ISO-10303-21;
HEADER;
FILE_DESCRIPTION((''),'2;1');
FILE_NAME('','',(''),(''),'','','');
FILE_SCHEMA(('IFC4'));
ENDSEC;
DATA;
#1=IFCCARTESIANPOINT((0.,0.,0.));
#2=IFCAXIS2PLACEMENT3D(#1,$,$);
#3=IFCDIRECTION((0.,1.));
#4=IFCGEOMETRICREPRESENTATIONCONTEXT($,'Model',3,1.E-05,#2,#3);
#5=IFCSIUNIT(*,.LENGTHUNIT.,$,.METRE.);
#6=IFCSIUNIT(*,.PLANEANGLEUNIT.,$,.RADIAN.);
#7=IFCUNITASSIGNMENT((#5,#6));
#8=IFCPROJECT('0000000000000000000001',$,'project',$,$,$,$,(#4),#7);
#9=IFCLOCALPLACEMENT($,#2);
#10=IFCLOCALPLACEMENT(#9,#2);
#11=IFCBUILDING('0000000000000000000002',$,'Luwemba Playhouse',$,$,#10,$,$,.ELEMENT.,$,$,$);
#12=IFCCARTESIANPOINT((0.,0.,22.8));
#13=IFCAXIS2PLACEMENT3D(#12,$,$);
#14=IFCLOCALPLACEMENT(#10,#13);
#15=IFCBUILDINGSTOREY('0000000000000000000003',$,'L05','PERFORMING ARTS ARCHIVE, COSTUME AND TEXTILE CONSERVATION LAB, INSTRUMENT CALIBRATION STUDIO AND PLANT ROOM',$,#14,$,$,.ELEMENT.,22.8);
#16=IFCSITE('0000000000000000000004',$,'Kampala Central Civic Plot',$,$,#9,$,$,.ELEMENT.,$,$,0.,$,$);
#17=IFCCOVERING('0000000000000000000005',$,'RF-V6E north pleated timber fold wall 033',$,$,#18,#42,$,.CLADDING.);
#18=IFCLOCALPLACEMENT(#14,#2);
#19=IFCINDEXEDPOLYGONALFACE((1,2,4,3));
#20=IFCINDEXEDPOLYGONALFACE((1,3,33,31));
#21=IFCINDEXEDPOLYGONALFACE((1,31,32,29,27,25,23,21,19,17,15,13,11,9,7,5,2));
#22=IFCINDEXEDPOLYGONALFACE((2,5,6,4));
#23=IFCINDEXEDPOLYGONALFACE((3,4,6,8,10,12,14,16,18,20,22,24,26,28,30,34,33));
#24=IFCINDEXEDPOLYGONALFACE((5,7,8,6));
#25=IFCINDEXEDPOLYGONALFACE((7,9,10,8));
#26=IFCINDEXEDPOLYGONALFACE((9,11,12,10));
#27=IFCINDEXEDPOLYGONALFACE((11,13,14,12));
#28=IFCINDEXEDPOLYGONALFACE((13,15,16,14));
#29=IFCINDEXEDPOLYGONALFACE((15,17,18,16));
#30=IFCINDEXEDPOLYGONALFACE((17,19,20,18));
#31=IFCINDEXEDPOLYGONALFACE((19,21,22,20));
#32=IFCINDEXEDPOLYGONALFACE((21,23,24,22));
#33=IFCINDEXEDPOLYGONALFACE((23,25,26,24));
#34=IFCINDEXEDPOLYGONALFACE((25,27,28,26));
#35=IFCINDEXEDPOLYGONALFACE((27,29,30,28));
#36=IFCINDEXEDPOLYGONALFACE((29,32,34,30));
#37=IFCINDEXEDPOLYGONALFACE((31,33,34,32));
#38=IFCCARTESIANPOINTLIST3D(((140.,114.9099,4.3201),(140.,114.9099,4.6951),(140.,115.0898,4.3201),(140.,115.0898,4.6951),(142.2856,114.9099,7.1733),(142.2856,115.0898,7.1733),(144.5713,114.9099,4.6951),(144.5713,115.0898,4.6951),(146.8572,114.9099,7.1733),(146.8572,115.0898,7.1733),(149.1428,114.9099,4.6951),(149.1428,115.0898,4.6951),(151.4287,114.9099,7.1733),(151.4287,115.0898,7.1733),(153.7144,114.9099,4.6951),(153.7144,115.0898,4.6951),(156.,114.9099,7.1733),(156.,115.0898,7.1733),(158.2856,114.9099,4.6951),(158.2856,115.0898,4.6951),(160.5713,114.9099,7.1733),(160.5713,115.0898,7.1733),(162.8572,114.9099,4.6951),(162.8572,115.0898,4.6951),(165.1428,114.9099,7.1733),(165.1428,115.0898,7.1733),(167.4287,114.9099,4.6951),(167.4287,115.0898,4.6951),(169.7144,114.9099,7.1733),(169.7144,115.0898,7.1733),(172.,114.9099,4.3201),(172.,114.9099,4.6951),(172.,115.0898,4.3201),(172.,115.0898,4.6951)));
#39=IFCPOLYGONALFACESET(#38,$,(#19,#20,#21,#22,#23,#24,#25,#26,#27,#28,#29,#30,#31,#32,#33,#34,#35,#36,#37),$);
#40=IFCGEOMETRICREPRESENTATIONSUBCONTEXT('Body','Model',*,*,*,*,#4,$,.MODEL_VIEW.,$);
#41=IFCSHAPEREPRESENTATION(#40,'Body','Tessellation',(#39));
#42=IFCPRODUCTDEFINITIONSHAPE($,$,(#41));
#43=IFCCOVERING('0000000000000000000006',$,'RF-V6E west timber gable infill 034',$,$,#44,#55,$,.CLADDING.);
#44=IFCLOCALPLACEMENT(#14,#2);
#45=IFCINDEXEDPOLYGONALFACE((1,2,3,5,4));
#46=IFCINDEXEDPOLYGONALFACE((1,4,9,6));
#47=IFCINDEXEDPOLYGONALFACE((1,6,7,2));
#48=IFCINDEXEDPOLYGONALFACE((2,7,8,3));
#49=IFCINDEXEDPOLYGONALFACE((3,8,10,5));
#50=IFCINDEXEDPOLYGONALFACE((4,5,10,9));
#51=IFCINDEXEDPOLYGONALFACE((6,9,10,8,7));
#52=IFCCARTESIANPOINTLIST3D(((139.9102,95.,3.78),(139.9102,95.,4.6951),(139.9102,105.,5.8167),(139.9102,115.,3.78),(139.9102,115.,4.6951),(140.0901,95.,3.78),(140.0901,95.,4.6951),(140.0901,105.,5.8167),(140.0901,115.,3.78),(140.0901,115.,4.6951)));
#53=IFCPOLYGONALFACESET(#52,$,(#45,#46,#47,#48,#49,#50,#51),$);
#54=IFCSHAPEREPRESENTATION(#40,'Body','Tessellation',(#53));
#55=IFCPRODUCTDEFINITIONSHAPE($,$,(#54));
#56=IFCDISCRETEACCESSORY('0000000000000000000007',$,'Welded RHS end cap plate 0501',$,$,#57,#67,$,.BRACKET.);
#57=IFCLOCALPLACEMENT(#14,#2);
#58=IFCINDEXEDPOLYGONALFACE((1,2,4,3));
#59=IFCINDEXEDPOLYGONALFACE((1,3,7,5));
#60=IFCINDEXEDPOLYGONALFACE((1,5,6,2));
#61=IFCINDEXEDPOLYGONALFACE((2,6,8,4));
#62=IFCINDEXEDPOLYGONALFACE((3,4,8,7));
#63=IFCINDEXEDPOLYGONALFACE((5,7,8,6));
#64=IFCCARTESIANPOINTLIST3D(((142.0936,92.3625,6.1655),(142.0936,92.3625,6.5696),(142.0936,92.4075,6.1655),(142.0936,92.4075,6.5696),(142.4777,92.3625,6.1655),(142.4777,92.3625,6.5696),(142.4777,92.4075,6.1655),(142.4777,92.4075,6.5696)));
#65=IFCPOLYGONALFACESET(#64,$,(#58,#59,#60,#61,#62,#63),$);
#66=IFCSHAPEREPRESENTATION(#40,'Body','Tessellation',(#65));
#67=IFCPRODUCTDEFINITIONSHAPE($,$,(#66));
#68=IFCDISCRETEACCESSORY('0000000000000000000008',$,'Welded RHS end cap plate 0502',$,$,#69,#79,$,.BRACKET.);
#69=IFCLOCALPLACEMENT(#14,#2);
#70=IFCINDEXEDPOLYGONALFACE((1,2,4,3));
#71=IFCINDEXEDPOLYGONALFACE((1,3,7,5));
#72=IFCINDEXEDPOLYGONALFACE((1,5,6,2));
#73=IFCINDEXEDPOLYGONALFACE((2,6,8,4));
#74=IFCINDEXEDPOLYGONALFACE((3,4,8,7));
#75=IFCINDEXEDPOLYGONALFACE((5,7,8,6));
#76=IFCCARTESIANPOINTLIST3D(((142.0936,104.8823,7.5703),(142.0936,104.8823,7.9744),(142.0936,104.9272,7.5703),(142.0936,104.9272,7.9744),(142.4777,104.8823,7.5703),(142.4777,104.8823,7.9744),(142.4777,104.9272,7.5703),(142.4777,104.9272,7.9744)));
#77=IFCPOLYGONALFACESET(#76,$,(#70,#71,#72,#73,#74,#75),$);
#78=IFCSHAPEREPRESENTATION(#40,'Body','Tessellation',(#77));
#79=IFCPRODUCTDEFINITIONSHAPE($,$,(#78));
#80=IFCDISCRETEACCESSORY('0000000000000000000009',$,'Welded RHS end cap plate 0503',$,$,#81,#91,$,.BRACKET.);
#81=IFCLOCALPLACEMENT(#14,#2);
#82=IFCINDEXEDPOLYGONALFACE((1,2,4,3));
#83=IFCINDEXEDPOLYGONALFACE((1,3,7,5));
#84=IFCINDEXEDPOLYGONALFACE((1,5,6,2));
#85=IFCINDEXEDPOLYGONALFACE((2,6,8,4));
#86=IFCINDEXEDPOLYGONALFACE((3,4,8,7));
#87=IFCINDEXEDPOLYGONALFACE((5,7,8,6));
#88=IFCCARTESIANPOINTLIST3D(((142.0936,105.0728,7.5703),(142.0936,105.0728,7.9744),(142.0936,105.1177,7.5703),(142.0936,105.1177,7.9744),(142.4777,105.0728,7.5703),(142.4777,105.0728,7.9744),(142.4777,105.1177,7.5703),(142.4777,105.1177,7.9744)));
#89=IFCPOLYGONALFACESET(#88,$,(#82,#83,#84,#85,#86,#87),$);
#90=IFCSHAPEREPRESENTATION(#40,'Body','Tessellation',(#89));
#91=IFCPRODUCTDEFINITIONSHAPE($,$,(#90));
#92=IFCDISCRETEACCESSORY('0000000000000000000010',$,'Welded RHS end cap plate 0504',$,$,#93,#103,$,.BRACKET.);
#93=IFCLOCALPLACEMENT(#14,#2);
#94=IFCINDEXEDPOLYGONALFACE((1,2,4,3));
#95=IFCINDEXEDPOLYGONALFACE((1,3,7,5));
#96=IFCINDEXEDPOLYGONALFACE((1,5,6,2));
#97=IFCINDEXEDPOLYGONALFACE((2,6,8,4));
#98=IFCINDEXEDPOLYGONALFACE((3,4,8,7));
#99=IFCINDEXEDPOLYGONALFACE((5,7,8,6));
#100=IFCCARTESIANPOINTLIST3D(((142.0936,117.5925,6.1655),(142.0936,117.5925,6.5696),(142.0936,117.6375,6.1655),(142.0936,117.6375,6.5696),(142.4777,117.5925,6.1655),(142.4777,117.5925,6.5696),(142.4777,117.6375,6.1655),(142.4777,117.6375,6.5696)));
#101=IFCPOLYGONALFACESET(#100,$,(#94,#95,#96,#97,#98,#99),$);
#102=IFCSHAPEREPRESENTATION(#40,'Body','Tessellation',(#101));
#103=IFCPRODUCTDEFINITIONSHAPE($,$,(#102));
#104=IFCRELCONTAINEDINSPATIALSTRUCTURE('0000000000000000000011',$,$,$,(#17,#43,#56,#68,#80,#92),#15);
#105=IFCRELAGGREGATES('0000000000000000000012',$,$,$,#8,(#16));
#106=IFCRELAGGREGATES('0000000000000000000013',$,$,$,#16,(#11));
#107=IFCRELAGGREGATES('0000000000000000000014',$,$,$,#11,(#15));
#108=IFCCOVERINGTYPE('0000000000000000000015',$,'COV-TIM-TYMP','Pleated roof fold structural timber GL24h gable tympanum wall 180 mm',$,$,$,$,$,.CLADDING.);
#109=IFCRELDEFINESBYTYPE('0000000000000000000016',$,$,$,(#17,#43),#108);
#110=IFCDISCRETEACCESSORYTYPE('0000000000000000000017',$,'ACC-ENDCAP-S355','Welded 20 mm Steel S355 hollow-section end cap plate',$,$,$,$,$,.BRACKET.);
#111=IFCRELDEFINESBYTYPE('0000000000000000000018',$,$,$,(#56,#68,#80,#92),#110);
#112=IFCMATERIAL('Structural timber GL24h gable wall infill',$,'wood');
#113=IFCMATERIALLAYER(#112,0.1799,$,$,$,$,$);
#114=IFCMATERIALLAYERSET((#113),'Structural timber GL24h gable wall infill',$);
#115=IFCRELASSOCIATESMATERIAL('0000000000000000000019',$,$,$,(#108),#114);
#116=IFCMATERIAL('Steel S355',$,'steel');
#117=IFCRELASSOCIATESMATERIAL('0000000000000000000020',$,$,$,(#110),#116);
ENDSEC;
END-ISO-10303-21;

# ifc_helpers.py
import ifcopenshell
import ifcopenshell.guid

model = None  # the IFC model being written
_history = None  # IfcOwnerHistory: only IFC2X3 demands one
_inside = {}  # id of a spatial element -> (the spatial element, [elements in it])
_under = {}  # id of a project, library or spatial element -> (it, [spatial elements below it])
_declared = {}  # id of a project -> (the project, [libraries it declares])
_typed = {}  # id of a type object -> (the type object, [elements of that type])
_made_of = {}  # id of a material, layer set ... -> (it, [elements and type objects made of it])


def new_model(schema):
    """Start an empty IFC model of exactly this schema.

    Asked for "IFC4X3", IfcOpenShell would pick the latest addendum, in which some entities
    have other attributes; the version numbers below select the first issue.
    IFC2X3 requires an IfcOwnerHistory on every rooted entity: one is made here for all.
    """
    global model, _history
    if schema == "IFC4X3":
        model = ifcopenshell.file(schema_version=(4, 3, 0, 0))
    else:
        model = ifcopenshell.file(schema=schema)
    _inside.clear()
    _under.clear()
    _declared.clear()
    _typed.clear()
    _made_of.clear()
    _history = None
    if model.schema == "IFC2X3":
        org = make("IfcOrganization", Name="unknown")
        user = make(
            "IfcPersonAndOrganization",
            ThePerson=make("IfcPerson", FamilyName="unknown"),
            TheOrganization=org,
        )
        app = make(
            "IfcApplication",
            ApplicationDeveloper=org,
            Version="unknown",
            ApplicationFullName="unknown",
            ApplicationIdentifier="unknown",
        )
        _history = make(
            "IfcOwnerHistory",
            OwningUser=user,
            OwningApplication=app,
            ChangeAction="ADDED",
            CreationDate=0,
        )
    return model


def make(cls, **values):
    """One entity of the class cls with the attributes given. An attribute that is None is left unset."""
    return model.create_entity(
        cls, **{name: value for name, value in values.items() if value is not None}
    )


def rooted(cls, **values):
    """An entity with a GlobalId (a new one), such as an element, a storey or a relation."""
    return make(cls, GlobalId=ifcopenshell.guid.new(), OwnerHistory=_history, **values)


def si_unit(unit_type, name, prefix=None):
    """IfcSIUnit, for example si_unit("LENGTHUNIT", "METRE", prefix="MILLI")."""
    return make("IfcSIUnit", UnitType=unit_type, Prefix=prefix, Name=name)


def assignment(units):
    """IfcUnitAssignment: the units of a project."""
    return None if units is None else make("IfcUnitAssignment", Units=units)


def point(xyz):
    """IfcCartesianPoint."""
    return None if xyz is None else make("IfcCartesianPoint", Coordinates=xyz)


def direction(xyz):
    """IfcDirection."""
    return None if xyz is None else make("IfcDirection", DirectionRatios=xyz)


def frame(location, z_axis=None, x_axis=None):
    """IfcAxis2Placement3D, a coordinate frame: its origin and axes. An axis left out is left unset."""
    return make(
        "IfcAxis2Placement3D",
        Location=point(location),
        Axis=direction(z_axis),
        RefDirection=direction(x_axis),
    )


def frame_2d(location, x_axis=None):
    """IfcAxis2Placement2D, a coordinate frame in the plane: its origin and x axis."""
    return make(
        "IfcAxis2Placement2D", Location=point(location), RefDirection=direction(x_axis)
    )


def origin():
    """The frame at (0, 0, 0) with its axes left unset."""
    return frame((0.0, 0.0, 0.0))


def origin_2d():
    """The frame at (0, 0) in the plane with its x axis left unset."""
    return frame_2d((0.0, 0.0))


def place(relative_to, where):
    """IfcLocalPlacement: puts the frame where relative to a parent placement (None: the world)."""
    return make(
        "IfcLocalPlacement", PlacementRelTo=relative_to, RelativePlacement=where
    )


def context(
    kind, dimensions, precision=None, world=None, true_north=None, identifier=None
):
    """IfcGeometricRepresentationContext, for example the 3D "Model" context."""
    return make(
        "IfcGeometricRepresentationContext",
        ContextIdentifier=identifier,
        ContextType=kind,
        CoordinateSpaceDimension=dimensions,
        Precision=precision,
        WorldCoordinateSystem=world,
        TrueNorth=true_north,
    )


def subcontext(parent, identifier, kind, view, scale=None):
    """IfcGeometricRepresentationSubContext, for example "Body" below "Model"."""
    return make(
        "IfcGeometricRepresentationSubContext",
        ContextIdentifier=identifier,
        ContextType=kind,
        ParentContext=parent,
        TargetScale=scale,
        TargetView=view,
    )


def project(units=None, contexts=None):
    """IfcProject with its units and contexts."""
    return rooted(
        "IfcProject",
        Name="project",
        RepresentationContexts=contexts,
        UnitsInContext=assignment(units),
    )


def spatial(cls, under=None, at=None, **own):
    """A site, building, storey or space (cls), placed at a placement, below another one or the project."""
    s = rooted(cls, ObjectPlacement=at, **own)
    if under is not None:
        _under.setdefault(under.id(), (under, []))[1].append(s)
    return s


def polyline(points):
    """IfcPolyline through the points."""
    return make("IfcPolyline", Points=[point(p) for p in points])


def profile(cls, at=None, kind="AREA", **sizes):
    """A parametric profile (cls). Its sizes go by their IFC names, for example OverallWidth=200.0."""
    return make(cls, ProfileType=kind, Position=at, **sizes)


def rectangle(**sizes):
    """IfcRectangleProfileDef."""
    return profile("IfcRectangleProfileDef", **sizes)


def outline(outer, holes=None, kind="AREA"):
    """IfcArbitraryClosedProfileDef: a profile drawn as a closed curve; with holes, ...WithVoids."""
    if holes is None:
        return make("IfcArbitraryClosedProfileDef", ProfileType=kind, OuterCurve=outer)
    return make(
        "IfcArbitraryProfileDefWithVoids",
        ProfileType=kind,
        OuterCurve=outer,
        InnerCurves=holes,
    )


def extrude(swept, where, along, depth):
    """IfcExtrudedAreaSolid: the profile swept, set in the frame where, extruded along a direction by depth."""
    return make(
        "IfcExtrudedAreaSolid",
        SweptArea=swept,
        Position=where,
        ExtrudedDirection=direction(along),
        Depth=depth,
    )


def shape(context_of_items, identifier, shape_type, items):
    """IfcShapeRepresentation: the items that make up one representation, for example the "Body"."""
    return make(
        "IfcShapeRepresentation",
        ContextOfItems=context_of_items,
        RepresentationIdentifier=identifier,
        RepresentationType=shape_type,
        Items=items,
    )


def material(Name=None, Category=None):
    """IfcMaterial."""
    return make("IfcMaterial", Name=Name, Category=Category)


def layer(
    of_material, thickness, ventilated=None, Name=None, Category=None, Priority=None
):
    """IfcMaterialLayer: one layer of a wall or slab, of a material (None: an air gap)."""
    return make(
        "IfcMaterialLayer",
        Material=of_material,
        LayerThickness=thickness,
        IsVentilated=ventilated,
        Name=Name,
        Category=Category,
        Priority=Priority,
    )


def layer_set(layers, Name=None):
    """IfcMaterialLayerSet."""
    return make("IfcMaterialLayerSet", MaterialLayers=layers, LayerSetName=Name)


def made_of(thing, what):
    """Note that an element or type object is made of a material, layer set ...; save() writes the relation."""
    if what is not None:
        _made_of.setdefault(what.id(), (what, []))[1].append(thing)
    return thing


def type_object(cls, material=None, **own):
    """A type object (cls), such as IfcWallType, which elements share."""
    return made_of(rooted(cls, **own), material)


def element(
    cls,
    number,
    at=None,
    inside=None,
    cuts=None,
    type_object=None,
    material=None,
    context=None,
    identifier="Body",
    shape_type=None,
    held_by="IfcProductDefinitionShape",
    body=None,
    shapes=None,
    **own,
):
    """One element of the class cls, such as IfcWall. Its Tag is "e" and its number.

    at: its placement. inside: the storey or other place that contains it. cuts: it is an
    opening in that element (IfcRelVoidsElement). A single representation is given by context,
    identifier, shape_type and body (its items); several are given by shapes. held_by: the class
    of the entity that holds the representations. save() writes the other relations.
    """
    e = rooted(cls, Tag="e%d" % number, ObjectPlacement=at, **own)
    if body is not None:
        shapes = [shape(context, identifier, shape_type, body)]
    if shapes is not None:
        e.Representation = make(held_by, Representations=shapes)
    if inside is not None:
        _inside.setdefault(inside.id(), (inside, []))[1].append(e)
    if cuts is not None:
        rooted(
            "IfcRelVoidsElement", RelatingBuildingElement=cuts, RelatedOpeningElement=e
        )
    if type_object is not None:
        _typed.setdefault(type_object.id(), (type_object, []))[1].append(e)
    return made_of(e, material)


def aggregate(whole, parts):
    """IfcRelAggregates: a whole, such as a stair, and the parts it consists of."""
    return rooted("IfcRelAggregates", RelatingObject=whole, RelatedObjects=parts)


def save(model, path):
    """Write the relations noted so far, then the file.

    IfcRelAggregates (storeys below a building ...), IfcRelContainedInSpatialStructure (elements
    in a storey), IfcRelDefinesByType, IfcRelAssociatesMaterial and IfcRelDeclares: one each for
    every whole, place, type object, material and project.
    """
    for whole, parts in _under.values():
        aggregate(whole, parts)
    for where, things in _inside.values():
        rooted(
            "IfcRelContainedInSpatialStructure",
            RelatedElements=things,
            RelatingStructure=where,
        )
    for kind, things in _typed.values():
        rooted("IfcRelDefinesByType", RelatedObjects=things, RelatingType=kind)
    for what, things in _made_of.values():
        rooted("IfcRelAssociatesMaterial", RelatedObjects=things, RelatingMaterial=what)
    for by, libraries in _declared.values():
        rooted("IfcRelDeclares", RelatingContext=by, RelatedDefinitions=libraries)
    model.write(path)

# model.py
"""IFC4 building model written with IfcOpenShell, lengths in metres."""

from ifc_helpers import new_model, si_unit, direction, frame, origin, origin_2d, place, context, subcontext, project, spatial, polyline, rectangle, outline, extrude, material, layer, layer_set, type_object, element, save


model = new_model("IFC4")

# Units and contexts
model_context = context("Model", 3, precision=1e-05, world=origin(), true_north=direction((0.0, 1.0)))
body_context = subcontext(model_context, "Body", "Model", "MODEL_VIEW")
ifc_project = project(units=[si_unit("LENGTHUNIT", "METRE"), si_unit("PLANEANGLEUNIT", "RADIAN")], contexts=[model_context])

# Site, building, storey
site_placement = place(None, origin())
site = spatial("IfcSite", under=ifc_project, at=site_placement, Name="Kampala Central Civic Plot", CompositionType="ELEMENT", RefElevation=0.0)
building_placement = place(site_placement, origin())
building = spatial("IfcBuilding", under=site, at=building_placement, Name="Luwemba Playhouse", CompositionType="ELEMENT")
storey_placement = place(building_placement, frame((0.0, 0.0, 22.8)))
storey = spatial("IfcBuildingStorey", under=building, at=storey_placement, Name="L05", Description="PERFORMING ARTS ARCHIVE, COSTUME AND TEXTILE CONSERVATION LAB, INSTRUMENT CALIBRATION STUDIO AND PLANT ROOM", CompositionType="ELEMENT", Elevation=22.8)

# Shared definitions
ifc_material_1 = material(Name="Steel S355", Category="steel")

# Coverings
ifc_material_2 = material(Name="Structural timber GL24h gable wall infill", Category="wood")
ifc_layer_1 = layer(ifc_material_2, 0.1799)
ifc_layer_set_1 = layer_set([ifc_layer_1], Name="Structural timber GL24h gable wall infill")
covering_type_1 = type_object("IfcCoveringType", Name="COV-TIM-TYMP", Description="Pleated roof fold structural timber GL24h gable tympanum wall 180 mm", PredefinedType="CLADDING", material=ifc_layer_set_1)
covering_1_placement = place(storey_placement, frame((140.0, 115.0, 4.3201), z_axis=(0.0, 0.0, 1.0), x_axis=(1.0, 0.0, 0.0)))
element("IfcCovering", 1, at=covering_1_placement, inside=storey, type_object=covering_type_1, Name="RF-V6E north pleated timber fold wall 033", PredefinedType="CLADDING", context=body_context, shape_type="SweptSolid", body=[
    extrude(outline(polyline([(0.0, 0.0), (32.0, 0.0), (32.0, 0.375), (29.7144, 2.8533), (27.4287, 0.375), (25.1428, 2.8533), (22.8572, 0.375), (20.5713, 2.8533), (18.2856, 0.375), (16.0, 2.8533), (13.7144, 0.375), (11.4287, 2.8533), (9.1428, 0.375), (6.8572, 2.8533), (4.5713, 0.375), (2.2856, 2.8533), (0.0, 0.375), (0.0, 0.0)])), frame((0.0, 0.0898, 0.0), z_axis=(0.0, -1.0, 0.0), x_axis=(1.0, 0.0, 0.0)), (0.0, 0.0, 1.0), 0.1799),
])
covering_2_placement = place(storey_placement, frame((140.0, 95.0, 3.78), z_axis=(0.0, 0.0, 1.0), x_axis=(0.0, 1.0, 0.0)))
element("IfcCovering", 2, at=covering_2_placement, inside=storey, type_object=covering_type_1, Name="RF-V6E west timber gable infill 034", PredefinedType="CLADDING", context=body_context, shape_type="SweptSolid", body=[
    extrude(outline(polyline([(0.0, 0.0), (20.0, 0.0), (20.0, 0.915), (10.0, 2.0366), (0.0, 0.915), (0.0, 0.0)])), frame((0.0, 0.0898, 0.0), z_axis=(0.0, -1.0, 0.0), x_axis=(1.0, 0.0, 0.0)), (0.0, 0.0, 1.0), 0.1799),
])

# Discrete accessories
discrete_accessory_type = type_object("IfcDiscreteAccessoryType", Name="ACC-ENDCAP-S355", Description="Welded 20 mm Steel S355 hollow-section end cap plate", PredefinedType="BRACKET", material=ifc_material_1)
for number, where, z_axis, x_axis, name in (
    (3, (142.2856, 92.385, 6.1655), (0.0, 0.0, 1.0), (1.0, 0.0, 0.0), "Welded RHS end cap plate 0501"),
    (4, (142.2856, 104.9048, 7.5703), (0.0, 0.0, 1.0), (1.0, 0.0, 0.0), "Welded RHS end cap plate 0502"),
    (5, (142.2856, 105.0952, 7.5703), (0.0, 0.0, 1.0), (1.0, 0.0, 0.0), "Welded RHS end cap plate 0503"),
    (6, (142.2856, 117.615, 6.1655), (0.0, 0.0, 1.0), (1.0, 0.0, 0.0), "Welded RHS end cap plate 0504"),
):
    element("IfcDiscreteAccessory", number, at=place(storey_placement, frame(where, z_axis=z_axis, x_axis=x_axis)), inside=storey, type_object=discrete_accessory_type, Name=name, PredefinedType="BRACKET", context=body_context, shape_type="SweptSolid", body=[
        extrude(rectangle(XDim=0.384, YDim=0.0449, at=origin_2d()), origin(), (0.0, 0.0, 1.0), 0.4041),
    ])

save(model, "model.ifc")
